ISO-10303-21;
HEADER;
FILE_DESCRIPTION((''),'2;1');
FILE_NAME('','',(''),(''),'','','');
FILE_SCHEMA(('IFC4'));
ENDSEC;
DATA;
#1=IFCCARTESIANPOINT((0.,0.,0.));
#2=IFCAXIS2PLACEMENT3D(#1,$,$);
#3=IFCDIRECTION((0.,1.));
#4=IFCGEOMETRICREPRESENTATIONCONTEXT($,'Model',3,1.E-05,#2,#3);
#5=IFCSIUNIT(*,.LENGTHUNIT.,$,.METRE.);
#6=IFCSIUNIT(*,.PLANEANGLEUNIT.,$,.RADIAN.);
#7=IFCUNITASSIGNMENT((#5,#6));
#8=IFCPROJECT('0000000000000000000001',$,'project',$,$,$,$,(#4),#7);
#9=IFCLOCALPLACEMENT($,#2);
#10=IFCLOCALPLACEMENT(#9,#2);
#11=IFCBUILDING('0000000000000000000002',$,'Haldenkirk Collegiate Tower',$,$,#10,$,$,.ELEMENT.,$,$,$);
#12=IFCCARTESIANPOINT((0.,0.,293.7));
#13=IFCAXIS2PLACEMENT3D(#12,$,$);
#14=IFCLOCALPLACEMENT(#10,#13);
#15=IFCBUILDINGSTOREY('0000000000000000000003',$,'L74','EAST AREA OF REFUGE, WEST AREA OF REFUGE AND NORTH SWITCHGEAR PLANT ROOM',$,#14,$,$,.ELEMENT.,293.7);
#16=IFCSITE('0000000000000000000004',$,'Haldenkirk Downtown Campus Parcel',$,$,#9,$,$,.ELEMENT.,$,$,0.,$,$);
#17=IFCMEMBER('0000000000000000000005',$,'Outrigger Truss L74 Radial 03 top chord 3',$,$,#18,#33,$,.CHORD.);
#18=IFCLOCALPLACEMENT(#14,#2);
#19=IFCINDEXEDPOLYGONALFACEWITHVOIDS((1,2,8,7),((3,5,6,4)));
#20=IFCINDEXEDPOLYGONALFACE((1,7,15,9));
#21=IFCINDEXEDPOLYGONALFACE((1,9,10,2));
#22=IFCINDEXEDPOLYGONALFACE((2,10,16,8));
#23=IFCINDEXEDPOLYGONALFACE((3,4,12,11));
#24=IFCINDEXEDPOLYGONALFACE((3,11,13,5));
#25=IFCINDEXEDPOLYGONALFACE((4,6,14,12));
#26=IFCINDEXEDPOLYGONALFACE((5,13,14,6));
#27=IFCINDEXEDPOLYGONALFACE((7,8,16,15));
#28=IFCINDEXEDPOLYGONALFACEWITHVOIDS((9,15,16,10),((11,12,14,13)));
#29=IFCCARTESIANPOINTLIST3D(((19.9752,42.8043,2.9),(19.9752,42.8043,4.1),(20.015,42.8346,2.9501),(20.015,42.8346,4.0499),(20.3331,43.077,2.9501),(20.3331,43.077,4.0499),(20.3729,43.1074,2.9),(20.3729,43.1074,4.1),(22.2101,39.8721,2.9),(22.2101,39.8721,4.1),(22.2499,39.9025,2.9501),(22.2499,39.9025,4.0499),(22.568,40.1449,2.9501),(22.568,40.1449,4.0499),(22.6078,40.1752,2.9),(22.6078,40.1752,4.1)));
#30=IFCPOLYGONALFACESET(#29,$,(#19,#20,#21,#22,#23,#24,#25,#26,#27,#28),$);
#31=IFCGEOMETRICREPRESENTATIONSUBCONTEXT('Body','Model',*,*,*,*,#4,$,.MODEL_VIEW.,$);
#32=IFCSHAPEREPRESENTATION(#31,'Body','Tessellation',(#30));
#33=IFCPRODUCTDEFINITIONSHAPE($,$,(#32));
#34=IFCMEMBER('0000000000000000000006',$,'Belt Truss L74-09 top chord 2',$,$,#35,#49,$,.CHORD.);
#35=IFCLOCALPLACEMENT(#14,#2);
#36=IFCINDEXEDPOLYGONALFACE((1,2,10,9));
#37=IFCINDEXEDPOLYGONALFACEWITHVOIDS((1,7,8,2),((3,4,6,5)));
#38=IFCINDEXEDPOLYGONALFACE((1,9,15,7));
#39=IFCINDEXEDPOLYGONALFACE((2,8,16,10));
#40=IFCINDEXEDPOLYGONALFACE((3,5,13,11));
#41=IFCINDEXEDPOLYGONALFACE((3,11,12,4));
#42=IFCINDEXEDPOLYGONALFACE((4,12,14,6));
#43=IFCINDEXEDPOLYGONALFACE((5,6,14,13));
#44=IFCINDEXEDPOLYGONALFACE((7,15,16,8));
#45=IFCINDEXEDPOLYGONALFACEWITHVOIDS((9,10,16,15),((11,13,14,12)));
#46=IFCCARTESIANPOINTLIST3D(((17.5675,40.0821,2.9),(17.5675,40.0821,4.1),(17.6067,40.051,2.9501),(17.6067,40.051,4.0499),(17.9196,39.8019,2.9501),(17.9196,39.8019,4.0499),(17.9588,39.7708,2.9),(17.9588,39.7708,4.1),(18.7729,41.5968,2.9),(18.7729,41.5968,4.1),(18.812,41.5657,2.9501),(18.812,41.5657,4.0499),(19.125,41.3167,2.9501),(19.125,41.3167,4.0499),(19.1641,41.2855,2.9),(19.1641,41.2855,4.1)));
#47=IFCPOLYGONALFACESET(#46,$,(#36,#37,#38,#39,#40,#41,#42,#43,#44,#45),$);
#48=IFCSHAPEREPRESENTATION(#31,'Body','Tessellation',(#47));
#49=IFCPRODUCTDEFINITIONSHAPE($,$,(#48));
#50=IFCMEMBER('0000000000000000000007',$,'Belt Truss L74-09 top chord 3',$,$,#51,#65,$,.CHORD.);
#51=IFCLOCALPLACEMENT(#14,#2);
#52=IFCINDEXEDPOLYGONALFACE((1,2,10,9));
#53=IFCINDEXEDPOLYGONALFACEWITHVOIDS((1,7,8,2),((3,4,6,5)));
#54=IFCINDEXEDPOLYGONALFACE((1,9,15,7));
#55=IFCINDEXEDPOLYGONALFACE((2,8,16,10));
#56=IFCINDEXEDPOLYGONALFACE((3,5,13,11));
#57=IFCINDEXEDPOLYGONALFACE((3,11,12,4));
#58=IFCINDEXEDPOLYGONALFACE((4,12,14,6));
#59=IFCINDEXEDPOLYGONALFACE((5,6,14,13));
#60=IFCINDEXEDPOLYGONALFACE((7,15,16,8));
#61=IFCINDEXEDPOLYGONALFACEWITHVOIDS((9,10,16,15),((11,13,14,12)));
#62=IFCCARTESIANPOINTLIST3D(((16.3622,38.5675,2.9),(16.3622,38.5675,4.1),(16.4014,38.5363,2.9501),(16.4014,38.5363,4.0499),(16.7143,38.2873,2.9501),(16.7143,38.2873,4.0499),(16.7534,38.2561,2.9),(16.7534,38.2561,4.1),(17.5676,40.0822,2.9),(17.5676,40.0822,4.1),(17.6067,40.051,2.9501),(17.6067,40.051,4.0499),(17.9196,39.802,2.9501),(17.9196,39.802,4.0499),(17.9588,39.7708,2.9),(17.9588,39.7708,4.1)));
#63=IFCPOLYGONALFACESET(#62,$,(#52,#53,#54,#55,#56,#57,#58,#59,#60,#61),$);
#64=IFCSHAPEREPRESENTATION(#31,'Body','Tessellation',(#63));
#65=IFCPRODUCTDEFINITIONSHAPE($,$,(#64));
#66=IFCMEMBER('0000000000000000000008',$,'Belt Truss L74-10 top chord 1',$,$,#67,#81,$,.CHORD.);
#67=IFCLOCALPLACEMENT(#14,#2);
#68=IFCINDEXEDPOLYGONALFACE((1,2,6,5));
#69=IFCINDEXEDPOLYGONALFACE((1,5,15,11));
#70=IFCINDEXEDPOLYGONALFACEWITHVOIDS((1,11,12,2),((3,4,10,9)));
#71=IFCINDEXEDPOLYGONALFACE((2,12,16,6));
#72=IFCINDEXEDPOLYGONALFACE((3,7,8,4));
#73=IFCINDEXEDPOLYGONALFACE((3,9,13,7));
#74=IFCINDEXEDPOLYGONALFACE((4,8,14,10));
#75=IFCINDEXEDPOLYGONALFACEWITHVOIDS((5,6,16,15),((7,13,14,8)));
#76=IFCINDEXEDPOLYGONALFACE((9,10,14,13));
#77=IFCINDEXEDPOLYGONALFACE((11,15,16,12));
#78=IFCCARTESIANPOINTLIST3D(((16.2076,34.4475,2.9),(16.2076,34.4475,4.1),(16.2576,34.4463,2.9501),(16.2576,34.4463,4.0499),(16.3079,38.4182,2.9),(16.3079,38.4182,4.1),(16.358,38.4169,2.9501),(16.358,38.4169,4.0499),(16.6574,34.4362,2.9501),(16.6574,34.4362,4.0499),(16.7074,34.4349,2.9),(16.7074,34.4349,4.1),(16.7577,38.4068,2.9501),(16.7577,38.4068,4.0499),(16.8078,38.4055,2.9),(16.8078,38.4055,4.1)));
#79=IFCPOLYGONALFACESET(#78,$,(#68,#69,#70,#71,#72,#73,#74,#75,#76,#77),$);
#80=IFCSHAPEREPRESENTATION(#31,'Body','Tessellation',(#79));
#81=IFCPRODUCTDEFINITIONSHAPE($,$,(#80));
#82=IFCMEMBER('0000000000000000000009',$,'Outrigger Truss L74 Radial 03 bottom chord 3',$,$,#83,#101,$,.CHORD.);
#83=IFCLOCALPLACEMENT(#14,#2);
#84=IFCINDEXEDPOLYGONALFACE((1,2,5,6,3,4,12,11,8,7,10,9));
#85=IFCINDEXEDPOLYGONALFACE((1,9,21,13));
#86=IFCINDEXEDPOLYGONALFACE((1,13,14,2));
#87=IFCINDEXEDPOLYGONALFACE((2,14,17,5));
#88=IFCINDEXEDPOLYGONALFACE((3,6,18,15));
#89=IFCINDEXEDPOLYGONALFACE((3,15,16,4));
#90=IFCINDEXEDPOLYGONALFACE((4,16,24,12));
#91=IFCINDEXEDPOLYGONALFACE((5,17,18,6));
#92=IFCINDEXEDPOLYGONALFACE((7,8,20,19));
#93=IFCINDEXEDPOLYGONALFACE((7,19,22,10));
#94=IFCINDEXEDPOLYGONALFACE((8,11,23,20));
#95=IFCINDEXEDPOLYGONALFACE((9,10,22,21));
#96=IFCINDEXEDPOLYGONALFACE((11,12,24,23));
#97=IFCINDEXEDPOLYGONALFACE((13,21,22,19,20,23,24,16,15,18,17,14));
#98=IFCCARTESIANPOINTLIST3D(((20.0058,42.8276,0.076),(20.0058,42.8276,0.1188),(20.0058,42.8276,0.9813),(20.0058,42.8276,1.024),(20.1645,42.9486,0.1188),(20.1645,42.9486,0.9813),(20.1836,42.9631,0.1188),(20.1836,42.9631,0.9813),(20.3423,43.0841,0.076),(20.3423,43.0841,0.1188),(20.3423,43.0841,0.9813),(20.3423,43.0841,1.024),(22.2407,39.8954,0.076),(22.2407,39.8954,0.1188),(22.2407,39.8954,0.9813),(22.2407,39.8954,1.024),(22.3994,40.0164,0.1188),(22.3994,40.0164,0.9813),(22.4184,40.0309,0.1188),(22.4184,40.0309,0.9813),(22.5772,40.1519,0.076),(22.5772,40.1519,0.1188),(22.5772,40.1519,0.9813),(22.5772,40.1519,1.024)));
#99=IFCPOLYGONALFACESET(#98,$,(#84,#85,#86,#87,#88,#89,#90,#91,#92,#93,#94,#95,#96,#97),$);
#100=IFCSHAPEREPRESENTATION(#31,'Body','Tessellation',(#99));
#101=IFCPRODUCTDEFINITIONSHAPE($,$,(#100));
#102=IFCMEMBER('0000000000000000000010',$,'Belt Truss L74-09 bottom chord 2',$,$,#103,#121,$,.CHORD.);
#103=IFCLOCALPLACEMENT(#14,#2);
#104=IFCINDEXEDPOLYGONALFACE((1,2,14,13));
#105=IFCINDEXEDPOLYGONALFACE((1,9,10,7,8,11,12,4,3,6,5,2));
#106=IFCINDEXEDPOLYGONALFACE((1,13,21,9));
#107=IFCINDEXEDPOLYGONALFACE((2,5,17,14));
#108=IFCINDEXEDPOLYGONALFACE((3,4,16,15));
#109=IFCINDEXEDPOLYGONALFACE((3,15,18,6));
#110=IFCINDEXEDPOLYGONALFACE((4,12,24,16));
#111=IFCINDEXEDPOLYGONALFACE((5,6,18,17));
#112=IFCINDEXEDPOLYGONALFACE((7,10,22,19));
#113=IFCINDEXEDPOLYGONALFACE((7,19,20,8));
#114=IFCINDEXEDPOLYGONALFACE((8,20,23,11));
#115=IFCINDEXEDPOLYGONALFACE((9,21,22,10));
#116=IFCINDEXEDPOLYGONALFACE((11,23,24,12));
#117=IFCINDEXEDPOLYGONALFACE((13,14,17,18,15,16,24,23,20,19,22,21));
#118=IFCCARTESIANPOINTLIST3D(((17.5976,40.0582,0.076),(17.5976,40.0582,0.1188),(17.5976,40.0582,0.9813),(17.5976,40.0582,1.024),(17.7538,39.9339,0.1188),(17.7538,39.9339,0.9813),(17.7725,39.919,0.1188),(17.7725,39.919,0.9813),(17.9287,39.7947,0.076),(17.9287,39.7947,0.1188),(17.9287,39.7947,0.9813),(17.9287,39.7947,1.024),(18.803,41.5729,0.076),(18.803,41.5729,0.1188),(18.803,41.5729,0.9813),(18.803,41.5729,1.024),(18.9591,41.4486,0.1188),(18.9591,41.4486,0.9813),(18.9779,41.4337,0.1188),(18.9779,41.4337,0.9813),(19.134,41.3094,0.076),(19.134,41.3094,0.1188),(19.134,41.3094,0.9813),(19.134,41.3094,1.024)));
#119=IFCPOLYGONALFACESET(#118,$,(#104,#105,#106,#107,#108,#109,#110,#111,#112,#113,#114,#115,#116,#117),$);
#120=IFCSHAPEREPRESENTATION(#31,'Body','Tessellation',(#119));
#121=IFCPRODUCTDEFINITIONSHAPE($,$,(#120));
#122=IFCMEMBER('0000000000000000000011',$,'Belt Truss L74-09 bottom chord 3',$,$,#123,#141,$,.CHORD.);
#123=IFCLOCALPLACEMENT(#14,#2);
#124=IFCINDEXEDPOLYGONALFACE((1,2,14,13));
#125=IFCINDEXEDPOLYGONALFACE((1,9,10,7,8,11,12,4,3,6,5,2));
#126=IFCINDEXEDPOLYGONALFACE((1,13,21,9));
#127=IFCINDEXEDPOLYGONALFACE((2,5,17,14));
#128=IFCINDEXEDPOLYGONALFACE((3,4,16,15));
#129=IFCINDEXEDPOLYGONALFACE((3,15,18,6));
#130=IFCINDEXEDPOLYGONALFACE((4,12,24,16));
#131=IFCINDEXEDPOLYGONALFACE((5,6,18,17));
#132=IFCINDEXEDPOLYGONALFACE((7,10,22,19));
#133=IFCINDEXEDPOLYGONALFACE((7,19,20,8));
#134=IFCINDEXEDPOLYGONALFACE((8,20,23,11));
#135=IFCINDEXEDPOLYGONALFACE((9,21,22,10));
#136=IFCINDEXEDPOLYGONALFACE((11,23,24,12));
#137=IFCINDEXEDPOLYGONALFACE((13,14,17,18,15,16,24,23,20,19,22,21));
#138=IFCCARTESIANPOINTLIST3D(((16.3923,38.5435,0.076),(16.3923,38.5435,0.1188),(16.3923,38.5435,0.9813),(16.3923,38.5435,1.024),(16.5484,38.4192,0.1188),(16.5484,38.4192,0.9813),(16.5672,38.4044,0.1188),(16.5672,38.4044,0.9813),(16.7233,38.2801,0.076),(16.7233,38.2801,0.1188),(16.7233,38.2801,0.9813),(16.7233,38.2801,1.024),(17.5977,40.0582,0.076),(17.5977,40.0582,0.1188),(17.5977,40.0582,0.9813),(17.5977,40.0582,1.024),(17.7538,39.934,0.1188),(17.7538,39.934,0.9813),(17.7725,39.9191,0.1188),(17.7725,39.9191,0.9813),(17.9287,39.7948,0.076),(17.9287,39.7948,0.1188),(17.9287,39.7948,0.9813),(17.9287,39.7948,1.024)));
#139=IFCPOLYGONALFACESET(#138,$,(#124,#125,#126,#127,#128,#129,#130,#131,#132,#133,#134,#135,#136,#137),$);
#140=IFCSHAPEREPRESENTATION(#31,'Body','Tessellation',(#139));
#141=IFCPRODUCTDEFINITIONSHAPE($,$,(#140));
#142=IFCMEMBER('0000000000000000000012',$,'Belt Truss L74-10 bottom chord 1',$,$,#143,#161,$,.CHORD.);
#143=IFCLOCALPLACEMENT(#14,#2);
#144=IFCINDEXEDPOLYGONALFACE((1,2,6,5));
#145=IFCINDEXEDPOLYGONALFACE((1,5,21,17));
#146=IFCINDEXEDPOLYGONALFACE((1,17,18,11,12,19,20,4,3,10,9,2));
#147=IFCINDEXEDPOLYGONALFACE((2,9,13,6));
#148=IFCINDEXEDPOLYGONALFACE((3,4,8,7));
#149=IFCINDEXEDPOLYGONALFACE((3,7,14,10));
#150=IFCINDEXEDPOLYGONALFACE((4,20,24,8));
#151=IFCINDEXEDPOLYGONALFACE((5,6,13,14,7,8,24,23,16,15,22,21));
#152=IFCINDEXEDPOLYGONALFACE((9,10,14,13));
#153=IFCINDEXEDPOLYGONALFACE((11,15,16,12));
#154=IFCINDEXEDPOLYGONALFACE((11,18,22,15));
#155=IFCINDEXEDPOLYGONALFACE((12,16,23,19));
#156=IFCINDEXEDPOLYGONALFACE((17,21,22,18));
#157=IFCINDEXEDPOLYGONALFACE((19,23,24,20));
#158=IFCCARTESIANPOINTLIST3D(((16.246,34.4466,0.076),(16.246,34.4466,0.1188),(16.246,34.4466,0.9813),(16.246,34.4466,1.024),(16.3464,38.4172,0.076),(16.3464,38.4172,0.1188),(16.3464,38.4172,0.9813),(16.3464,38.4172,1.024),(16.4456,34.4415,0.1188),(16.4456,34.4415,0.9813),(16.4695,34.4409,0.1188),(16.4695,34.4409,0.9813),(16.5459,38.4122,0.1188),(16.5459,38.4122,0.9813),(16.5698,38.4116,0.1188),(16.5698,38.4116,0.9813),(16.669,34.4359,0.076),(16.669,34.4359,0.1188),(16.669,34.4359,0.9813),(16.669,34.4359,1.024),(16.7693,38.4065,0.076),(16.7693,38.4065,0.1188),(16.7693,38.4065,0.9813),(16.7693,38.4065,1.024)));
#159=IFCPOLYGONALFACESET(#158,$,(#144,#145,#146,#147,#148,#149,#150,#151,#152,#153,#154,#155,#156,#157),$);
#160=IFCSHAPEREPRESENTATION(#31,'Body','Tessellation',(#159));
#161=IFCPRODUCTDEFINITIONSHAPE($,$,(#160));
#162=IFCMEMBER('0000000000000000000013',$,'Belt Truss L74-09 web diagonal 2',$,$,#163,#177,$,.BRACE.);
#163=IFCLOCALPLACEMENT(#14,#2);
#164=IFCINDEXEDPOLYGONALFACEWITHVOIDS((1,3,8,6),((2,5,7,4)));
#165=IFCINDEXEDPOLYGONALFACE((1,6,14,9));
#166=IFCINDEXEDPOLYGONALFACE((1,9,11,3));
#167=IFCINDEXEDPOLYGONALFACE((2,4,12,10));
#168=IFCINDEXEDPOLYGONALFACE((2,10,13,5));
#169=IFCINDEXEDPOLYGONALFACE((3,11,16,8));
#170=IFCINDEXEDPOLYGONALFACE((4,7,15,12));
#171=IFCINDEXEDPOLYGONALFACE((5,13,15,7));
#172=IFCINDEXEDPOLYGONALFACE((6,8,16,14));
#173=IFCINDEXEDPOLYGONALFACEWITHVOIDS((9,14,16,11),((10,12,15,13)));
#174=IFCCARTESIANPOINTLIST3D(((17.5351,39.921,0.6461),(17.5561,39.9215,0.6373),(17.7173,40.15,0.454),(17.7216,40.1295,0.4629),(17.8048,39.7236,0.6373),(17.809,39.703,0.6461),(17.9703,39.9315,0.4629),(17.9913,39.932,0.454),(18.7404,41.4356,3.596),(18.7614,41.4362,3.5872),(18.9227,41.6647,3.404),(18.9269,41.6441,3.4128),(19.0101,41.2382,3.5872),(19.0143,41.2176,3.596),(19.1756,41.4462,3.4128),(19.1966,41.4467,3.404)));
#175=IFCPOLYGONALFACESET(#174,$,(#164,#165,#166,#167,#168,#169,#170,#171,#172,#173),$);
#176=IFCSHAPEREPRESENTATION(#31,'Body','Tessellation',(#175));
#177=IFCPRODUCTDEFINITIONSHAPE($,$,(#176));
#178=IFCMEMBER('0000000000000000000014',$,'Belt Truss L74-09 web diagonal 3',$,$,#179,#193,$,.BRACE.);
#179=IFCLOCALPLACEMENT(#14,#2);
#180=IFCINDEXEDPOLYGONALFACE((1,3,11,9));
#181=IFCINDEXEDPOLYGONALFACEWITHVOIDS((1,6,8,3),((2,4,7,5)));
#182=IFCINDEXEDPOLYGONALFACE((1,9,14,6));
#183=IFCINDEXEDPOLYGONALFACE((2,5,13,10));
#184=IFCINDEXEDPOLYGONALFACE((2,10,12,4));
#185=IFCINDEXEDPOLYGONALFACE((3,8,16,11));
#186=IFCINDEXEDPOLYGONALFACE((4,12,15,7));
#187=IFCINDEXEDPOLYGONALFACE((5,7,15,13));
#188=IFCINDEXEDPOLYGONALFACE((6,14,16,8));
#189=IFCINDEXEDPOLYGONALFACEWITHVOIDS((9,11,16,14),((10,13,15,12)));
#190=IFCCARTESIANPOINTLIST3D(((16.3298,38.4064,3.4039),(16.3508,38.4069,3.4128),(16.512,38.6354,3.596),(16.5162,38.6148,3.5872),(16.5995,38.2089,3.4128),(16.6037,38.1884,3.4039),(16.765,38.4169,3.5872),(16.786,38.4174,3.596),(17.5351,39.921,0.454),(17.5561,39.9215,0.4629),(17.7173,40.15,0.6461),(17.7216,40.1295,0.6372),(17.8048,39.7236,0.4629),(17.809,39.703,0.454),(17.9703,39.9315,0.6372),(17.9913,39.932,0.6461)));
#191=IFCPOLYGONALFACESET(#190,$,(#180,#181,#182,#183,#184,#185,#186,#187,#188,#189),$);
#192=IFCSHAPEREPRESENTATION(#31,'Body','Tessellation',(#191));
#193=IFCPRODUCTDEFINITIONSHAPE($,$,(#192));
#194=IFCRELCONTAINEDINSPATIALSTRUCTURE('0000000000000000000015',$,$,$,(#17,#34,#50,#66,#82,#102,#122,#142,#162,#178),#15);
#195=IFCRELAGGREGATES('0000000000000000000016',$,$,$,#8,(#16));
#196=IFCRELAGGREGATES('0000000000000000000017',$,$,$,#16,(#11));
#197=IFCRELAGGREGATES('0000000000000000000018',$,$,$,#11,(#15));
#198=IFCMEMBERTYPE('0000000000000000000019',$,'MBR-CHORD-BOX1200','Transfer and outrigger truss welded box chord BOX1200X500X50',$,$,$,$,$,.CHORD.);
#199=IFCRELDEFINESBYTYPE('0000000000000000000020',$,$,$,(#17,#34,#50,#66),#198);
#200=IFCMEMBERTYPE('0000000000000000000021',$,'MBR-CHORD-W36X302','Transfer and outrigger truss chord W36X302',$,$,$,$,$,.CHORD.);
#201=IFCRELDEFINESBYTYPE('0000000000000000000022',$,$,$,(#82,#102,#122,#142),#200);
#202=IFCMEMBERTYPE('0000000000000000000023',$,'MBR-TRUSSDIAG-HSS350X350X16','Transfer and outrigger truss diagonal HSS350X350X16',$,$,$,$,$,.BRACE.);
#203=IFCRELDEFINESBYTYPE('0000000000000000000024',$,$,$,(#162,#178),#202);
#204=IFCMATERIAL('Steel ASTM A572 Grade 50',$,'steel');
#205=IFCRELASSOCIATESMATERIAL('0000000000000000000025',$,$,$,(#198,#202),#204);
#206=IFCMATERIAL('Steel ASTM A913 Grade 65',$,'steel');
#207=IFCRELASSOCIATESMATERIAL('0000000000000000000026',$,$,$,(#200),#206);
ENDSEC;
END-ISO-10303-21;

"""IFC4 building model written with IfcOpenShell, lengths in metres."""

from ifc_helpers import new_model, si_unit, direction, frame, origin, origin_2d, place, context, subcontext, project, spatial, hollow_rectangle, i_section, extrude, material, material_profile, profile_set, type_object, element, save


model = new_model("IFC4")

# Units and contexts
model_context = context("Model", 3, precision=1e-05, world=origin(), true_north=direction((0.0, 1.0)))
body_context = subcontext(model_context, "Body", "Model", "MODEL_VIEW")
ifc_project = project(units=[si_unit("LENGTHUNIT", "METRE"), si_unit("PLANEANGLEUNIT", "RADIAN")], contexts=[model_context])

# Site, building, storey
site_placement = place(None, origin())
site = spatial("IfcSite", under=ifc_project, at=site_placement, Name="Haldenkirk Downtown Campus Parcel", CompositionType="ELEMENT", RefElevation=0.0)
building_placement = place(site_placement, origin())
building = spatial("IfcBuilding", under=site, at=building_placement, Name="Haldenkirk Collegiate Tower", CompositionType="ELEMENT")
storey_placement = place(building_placement, frame((0.0, 0.0, 293.7)))
storey = spatial("IfcBuildingStorey", under=building, at=storey_placement, Name="L74", Description="EAST AREA OF REFUGE, WEST AREA OF REFUGE AND NORTH SWITCHGEAR PLANT ROOM", CompositionType="ELEMENT", Elevation=293.7)

# Members
ifc_material_1 = material(Name="Steel ASTM A572 Grade 50", Category="steel")
ifc_material_profile_1 = material_profile(ifc_material_1, hollow_rectangle(XDim=0.5, YDim=1.2, WallThickness=0.05, at=origin_2d()), Name="BOX1200X500X50")
ifc_profile_set_1 = profile_set([ifc_material_profile_1], Name="Steel ASTM A572 Grade 50")
member_type_1 = type_object("IfcMemberType", Name="MBR-CHORD-BOX1200", Description="Transfer and outrigger truss welded box chord BOX1200X500X50", PredefinedType="CHORD", material=ifc_profile_set_1)
member_1_placement = place(storey_placement, frame((22.4089, 40.0237, 3.5), z_axis=(-0.606191, 0.795319, 0.0), x_axis=(-0.795319, -0.606191, 0.0)))
element("IfcMember", 1, at=member_1_placement, inside=storey, type_object=member_type_1, Name="Outrigger Truss L74 Radial 03 top chord 3", PredefinedType="CHORD", context=body_context, shape_type="SweptSolid", body=[
    extrude(hollow_rectangle(XDim=0.5, YDim=1.2, WallThickness=0.05, at=origin_2d()), origin(), (0.0, 0.0, 1.0), 3.6868),
])
for number, where, z_axis, x_axis, name in (
    (2, (18.9685, 41.4412, 3.5), (-0.622678, -0.782478, 0.0), (0.782478, -0.622678, 0.0), "Belt Truss L74-09 top chord 2"),
    (3, (17.7632, 39.9265, 3.5), (-0.622678, -0.782478, 0.0), (0.782478, -0.622678, 0.0), "Belt Truss L74-09 top chord 3"),
):
    element("IfcMember", number, at=place(storey_placement, frame(where, z_axis=z_axis, x_axis=x_axis)), inside=storey, type_object=member_type_1, Name=name, PredefinedType="CHORD", context=body_context, shape_type="SweptSolid", body=[
        extrude(hollow_rectangle(XDim=0.5, YDim=1.2, WallThickness=0.05, at=origin_2d()), origin(), (0.0, 0.0, 1.0), 1.9358),
    ])
member_2_placement = place(storey_placement, frame((16.5579, 38.4119, 3.5), z_axis=(-0.025262, -0.999681, 0.0), x_axis=(0.999681, -0.025262, 0.0)))
element("IfcMember", 4, at=member_2_placement, inside=storey, type_object=member_type_1, Name="Belt Truss L74-10 top chord 1", PredefinedType="CHORD", context=body_context, shape_type="SweptSolid", body=[
    extrude(hollow_rectangle(XDim=0.5, YDim=1.2, WallThickness=0.05, at=origin_2d()), origin(), (0.0, 0.0, 1.0), 3.9719),
])
ifc_material_2 = material(Name="Steel ASTM A913 Grade 65", Category="steel")
ifc_material_profile_2 = material_profile(ifc_material_2, i_section(OverallWidth=0.4231, OverallDepth=0.948, WebThickness=0.0239, FlangeThickness=0.0427, at=origin_2d()), Name="W36X302")
ifc_profile_set_2 = profile_set([ifc_material_profile_2], Name="Steel ASTM A913 Grade 65")
member_type_2 = type_object("IfcMemberType", Name="MBR-CHORD-W36X302", Description="Transfer and outrigger truss chord W36X302", PredefinedType="CHORD", material=ifc_profile_set_2)
member_3_placement = place(storey_placement, frame((22.4089, 40.0237, 0.55), z_axis=(-0.606191, 0.795319, 0.0), x_axis=(-0.795319, -0.606191, 0.0)))
element("IfcMember", 5, at=member_3_placement, inside=storey, type_object=member_type_2, Name="Outrigger Truss L74 Radial 03 bottom chord 3", PredefinedType="CHORD", context=body_context, shape_type="SweptSolid", body=[
    extrude(i_section(OverallWidth=0.4231, OverallDepth=0.948, WebThickness=0.0239, FlangeThickness=0.0427, at=origin_2d()), origin(), (0.0, 0.0, 1.0), 3.6868),
])
for number, where, z_axis, x_axis, name in (
    (6, (18.9685, 41.4412, 0.55), (-0.622678, -0.782478, 0.0), (0.782478, -0.622678, 0.0), "Belt Truss L74-09 bottom chord 2"),
    (7, (17.7632, 39.9265, 0.55), (-0.622678, -0.782478, 0.0), (0.782478, -0.622678, 0.0), "Belt Truss L74-09 bottom chord 3"),
):
    element("IfcMember", number, at=place(storey_placement, frame(where, z_axis=z_axis, x_axis=x_axis)), inside=storey, type_object=member_type_2, Name=name, PredefinedType="CHORD", context=body_context, shape_type="SweptSolid", body=[
        extrude(i_section(OverallWidth=0.4231, OverallDepth=0.948, WebThickness=0.0239, FlangeThickness=0.0427, at=origin_2d()), origin(), (0.0, 0.0, 1.0), 1.9358),
    ])
member_4_placement = place(storey_placement, frame((16.5579, 38.4119, 0.55), z_axis=(-0.025262, -0.999681, 0.0), x_axis=(0.999681, -0.025262, 0.0)))
element("IfcMember", 8, at=member_4_placement, inside=storey, type_object=member_type_2, Name="Belt Truss L74-10 bottom chord 1", PredefinedType="CHORD", context=body_context, shape_type="SweptSolid", body=[
    extrude(i_section(OverallWidth=0.4231, OverallDepth=0.948, WebThickness=0.0239, FlangeThickness=0.0427, at=origin_2d()), origin(), (0.0, 0.0, 1.0), 3.9719),
])
ifc_material_profile_3 = material_profile(ifc_material_1, hollow_rectangle(XDim=0.3501, YDim=0.3501, WallThickness=0.0161, at=origin_2d()), Name="HSS350X350X16")
ifc_profile_set_3 = profile_set([ifc_material_profile_3], Name="Steel ASTM A572 Grade 50")
member_type_3 = type_object("IfcMemberType", Name="MBR-TRUSSDIAG-HSS350X350X16", Description="Transfer and outrigger truss diagonal HSS350X350X16", PredefinedType="BRACE", material=ifc_profile_set_3)
for number, where, z_axis, x_axis, name in (
    (9, (18.9685, 41.4412, 3.5), (-0.341612, -0.429281, -0.836074), (0.782478, -0.622678, 0.0), "Belt Truss L74-09 web diagonal 2"),
    (10, (17.7632, 39.9265, 0.55), (-0.341612, -0.429281, 0.836074), (0.782478, -0.622678, 0.0), "Belt Truss L74-09 web diagonal 3"),
):
    element("IfcMember", number, at=place(storey_placement, frame(where, z_axis=z_axis, x_axis=x_axis)), inside=storey, type_object=member_type_3, Name=name, PredefinedType="BRACE", context=body_context, shape_type="SweptSolid", body=[
        extrude(hollow_rectangle(XDim=0.3501, YDim=0.3501, WallThickness=0.0161, at=origin_2d()), origin(), (0.0, 0.0, 1.0), 3.5283),
    ])

save(model, "model.ifc")
